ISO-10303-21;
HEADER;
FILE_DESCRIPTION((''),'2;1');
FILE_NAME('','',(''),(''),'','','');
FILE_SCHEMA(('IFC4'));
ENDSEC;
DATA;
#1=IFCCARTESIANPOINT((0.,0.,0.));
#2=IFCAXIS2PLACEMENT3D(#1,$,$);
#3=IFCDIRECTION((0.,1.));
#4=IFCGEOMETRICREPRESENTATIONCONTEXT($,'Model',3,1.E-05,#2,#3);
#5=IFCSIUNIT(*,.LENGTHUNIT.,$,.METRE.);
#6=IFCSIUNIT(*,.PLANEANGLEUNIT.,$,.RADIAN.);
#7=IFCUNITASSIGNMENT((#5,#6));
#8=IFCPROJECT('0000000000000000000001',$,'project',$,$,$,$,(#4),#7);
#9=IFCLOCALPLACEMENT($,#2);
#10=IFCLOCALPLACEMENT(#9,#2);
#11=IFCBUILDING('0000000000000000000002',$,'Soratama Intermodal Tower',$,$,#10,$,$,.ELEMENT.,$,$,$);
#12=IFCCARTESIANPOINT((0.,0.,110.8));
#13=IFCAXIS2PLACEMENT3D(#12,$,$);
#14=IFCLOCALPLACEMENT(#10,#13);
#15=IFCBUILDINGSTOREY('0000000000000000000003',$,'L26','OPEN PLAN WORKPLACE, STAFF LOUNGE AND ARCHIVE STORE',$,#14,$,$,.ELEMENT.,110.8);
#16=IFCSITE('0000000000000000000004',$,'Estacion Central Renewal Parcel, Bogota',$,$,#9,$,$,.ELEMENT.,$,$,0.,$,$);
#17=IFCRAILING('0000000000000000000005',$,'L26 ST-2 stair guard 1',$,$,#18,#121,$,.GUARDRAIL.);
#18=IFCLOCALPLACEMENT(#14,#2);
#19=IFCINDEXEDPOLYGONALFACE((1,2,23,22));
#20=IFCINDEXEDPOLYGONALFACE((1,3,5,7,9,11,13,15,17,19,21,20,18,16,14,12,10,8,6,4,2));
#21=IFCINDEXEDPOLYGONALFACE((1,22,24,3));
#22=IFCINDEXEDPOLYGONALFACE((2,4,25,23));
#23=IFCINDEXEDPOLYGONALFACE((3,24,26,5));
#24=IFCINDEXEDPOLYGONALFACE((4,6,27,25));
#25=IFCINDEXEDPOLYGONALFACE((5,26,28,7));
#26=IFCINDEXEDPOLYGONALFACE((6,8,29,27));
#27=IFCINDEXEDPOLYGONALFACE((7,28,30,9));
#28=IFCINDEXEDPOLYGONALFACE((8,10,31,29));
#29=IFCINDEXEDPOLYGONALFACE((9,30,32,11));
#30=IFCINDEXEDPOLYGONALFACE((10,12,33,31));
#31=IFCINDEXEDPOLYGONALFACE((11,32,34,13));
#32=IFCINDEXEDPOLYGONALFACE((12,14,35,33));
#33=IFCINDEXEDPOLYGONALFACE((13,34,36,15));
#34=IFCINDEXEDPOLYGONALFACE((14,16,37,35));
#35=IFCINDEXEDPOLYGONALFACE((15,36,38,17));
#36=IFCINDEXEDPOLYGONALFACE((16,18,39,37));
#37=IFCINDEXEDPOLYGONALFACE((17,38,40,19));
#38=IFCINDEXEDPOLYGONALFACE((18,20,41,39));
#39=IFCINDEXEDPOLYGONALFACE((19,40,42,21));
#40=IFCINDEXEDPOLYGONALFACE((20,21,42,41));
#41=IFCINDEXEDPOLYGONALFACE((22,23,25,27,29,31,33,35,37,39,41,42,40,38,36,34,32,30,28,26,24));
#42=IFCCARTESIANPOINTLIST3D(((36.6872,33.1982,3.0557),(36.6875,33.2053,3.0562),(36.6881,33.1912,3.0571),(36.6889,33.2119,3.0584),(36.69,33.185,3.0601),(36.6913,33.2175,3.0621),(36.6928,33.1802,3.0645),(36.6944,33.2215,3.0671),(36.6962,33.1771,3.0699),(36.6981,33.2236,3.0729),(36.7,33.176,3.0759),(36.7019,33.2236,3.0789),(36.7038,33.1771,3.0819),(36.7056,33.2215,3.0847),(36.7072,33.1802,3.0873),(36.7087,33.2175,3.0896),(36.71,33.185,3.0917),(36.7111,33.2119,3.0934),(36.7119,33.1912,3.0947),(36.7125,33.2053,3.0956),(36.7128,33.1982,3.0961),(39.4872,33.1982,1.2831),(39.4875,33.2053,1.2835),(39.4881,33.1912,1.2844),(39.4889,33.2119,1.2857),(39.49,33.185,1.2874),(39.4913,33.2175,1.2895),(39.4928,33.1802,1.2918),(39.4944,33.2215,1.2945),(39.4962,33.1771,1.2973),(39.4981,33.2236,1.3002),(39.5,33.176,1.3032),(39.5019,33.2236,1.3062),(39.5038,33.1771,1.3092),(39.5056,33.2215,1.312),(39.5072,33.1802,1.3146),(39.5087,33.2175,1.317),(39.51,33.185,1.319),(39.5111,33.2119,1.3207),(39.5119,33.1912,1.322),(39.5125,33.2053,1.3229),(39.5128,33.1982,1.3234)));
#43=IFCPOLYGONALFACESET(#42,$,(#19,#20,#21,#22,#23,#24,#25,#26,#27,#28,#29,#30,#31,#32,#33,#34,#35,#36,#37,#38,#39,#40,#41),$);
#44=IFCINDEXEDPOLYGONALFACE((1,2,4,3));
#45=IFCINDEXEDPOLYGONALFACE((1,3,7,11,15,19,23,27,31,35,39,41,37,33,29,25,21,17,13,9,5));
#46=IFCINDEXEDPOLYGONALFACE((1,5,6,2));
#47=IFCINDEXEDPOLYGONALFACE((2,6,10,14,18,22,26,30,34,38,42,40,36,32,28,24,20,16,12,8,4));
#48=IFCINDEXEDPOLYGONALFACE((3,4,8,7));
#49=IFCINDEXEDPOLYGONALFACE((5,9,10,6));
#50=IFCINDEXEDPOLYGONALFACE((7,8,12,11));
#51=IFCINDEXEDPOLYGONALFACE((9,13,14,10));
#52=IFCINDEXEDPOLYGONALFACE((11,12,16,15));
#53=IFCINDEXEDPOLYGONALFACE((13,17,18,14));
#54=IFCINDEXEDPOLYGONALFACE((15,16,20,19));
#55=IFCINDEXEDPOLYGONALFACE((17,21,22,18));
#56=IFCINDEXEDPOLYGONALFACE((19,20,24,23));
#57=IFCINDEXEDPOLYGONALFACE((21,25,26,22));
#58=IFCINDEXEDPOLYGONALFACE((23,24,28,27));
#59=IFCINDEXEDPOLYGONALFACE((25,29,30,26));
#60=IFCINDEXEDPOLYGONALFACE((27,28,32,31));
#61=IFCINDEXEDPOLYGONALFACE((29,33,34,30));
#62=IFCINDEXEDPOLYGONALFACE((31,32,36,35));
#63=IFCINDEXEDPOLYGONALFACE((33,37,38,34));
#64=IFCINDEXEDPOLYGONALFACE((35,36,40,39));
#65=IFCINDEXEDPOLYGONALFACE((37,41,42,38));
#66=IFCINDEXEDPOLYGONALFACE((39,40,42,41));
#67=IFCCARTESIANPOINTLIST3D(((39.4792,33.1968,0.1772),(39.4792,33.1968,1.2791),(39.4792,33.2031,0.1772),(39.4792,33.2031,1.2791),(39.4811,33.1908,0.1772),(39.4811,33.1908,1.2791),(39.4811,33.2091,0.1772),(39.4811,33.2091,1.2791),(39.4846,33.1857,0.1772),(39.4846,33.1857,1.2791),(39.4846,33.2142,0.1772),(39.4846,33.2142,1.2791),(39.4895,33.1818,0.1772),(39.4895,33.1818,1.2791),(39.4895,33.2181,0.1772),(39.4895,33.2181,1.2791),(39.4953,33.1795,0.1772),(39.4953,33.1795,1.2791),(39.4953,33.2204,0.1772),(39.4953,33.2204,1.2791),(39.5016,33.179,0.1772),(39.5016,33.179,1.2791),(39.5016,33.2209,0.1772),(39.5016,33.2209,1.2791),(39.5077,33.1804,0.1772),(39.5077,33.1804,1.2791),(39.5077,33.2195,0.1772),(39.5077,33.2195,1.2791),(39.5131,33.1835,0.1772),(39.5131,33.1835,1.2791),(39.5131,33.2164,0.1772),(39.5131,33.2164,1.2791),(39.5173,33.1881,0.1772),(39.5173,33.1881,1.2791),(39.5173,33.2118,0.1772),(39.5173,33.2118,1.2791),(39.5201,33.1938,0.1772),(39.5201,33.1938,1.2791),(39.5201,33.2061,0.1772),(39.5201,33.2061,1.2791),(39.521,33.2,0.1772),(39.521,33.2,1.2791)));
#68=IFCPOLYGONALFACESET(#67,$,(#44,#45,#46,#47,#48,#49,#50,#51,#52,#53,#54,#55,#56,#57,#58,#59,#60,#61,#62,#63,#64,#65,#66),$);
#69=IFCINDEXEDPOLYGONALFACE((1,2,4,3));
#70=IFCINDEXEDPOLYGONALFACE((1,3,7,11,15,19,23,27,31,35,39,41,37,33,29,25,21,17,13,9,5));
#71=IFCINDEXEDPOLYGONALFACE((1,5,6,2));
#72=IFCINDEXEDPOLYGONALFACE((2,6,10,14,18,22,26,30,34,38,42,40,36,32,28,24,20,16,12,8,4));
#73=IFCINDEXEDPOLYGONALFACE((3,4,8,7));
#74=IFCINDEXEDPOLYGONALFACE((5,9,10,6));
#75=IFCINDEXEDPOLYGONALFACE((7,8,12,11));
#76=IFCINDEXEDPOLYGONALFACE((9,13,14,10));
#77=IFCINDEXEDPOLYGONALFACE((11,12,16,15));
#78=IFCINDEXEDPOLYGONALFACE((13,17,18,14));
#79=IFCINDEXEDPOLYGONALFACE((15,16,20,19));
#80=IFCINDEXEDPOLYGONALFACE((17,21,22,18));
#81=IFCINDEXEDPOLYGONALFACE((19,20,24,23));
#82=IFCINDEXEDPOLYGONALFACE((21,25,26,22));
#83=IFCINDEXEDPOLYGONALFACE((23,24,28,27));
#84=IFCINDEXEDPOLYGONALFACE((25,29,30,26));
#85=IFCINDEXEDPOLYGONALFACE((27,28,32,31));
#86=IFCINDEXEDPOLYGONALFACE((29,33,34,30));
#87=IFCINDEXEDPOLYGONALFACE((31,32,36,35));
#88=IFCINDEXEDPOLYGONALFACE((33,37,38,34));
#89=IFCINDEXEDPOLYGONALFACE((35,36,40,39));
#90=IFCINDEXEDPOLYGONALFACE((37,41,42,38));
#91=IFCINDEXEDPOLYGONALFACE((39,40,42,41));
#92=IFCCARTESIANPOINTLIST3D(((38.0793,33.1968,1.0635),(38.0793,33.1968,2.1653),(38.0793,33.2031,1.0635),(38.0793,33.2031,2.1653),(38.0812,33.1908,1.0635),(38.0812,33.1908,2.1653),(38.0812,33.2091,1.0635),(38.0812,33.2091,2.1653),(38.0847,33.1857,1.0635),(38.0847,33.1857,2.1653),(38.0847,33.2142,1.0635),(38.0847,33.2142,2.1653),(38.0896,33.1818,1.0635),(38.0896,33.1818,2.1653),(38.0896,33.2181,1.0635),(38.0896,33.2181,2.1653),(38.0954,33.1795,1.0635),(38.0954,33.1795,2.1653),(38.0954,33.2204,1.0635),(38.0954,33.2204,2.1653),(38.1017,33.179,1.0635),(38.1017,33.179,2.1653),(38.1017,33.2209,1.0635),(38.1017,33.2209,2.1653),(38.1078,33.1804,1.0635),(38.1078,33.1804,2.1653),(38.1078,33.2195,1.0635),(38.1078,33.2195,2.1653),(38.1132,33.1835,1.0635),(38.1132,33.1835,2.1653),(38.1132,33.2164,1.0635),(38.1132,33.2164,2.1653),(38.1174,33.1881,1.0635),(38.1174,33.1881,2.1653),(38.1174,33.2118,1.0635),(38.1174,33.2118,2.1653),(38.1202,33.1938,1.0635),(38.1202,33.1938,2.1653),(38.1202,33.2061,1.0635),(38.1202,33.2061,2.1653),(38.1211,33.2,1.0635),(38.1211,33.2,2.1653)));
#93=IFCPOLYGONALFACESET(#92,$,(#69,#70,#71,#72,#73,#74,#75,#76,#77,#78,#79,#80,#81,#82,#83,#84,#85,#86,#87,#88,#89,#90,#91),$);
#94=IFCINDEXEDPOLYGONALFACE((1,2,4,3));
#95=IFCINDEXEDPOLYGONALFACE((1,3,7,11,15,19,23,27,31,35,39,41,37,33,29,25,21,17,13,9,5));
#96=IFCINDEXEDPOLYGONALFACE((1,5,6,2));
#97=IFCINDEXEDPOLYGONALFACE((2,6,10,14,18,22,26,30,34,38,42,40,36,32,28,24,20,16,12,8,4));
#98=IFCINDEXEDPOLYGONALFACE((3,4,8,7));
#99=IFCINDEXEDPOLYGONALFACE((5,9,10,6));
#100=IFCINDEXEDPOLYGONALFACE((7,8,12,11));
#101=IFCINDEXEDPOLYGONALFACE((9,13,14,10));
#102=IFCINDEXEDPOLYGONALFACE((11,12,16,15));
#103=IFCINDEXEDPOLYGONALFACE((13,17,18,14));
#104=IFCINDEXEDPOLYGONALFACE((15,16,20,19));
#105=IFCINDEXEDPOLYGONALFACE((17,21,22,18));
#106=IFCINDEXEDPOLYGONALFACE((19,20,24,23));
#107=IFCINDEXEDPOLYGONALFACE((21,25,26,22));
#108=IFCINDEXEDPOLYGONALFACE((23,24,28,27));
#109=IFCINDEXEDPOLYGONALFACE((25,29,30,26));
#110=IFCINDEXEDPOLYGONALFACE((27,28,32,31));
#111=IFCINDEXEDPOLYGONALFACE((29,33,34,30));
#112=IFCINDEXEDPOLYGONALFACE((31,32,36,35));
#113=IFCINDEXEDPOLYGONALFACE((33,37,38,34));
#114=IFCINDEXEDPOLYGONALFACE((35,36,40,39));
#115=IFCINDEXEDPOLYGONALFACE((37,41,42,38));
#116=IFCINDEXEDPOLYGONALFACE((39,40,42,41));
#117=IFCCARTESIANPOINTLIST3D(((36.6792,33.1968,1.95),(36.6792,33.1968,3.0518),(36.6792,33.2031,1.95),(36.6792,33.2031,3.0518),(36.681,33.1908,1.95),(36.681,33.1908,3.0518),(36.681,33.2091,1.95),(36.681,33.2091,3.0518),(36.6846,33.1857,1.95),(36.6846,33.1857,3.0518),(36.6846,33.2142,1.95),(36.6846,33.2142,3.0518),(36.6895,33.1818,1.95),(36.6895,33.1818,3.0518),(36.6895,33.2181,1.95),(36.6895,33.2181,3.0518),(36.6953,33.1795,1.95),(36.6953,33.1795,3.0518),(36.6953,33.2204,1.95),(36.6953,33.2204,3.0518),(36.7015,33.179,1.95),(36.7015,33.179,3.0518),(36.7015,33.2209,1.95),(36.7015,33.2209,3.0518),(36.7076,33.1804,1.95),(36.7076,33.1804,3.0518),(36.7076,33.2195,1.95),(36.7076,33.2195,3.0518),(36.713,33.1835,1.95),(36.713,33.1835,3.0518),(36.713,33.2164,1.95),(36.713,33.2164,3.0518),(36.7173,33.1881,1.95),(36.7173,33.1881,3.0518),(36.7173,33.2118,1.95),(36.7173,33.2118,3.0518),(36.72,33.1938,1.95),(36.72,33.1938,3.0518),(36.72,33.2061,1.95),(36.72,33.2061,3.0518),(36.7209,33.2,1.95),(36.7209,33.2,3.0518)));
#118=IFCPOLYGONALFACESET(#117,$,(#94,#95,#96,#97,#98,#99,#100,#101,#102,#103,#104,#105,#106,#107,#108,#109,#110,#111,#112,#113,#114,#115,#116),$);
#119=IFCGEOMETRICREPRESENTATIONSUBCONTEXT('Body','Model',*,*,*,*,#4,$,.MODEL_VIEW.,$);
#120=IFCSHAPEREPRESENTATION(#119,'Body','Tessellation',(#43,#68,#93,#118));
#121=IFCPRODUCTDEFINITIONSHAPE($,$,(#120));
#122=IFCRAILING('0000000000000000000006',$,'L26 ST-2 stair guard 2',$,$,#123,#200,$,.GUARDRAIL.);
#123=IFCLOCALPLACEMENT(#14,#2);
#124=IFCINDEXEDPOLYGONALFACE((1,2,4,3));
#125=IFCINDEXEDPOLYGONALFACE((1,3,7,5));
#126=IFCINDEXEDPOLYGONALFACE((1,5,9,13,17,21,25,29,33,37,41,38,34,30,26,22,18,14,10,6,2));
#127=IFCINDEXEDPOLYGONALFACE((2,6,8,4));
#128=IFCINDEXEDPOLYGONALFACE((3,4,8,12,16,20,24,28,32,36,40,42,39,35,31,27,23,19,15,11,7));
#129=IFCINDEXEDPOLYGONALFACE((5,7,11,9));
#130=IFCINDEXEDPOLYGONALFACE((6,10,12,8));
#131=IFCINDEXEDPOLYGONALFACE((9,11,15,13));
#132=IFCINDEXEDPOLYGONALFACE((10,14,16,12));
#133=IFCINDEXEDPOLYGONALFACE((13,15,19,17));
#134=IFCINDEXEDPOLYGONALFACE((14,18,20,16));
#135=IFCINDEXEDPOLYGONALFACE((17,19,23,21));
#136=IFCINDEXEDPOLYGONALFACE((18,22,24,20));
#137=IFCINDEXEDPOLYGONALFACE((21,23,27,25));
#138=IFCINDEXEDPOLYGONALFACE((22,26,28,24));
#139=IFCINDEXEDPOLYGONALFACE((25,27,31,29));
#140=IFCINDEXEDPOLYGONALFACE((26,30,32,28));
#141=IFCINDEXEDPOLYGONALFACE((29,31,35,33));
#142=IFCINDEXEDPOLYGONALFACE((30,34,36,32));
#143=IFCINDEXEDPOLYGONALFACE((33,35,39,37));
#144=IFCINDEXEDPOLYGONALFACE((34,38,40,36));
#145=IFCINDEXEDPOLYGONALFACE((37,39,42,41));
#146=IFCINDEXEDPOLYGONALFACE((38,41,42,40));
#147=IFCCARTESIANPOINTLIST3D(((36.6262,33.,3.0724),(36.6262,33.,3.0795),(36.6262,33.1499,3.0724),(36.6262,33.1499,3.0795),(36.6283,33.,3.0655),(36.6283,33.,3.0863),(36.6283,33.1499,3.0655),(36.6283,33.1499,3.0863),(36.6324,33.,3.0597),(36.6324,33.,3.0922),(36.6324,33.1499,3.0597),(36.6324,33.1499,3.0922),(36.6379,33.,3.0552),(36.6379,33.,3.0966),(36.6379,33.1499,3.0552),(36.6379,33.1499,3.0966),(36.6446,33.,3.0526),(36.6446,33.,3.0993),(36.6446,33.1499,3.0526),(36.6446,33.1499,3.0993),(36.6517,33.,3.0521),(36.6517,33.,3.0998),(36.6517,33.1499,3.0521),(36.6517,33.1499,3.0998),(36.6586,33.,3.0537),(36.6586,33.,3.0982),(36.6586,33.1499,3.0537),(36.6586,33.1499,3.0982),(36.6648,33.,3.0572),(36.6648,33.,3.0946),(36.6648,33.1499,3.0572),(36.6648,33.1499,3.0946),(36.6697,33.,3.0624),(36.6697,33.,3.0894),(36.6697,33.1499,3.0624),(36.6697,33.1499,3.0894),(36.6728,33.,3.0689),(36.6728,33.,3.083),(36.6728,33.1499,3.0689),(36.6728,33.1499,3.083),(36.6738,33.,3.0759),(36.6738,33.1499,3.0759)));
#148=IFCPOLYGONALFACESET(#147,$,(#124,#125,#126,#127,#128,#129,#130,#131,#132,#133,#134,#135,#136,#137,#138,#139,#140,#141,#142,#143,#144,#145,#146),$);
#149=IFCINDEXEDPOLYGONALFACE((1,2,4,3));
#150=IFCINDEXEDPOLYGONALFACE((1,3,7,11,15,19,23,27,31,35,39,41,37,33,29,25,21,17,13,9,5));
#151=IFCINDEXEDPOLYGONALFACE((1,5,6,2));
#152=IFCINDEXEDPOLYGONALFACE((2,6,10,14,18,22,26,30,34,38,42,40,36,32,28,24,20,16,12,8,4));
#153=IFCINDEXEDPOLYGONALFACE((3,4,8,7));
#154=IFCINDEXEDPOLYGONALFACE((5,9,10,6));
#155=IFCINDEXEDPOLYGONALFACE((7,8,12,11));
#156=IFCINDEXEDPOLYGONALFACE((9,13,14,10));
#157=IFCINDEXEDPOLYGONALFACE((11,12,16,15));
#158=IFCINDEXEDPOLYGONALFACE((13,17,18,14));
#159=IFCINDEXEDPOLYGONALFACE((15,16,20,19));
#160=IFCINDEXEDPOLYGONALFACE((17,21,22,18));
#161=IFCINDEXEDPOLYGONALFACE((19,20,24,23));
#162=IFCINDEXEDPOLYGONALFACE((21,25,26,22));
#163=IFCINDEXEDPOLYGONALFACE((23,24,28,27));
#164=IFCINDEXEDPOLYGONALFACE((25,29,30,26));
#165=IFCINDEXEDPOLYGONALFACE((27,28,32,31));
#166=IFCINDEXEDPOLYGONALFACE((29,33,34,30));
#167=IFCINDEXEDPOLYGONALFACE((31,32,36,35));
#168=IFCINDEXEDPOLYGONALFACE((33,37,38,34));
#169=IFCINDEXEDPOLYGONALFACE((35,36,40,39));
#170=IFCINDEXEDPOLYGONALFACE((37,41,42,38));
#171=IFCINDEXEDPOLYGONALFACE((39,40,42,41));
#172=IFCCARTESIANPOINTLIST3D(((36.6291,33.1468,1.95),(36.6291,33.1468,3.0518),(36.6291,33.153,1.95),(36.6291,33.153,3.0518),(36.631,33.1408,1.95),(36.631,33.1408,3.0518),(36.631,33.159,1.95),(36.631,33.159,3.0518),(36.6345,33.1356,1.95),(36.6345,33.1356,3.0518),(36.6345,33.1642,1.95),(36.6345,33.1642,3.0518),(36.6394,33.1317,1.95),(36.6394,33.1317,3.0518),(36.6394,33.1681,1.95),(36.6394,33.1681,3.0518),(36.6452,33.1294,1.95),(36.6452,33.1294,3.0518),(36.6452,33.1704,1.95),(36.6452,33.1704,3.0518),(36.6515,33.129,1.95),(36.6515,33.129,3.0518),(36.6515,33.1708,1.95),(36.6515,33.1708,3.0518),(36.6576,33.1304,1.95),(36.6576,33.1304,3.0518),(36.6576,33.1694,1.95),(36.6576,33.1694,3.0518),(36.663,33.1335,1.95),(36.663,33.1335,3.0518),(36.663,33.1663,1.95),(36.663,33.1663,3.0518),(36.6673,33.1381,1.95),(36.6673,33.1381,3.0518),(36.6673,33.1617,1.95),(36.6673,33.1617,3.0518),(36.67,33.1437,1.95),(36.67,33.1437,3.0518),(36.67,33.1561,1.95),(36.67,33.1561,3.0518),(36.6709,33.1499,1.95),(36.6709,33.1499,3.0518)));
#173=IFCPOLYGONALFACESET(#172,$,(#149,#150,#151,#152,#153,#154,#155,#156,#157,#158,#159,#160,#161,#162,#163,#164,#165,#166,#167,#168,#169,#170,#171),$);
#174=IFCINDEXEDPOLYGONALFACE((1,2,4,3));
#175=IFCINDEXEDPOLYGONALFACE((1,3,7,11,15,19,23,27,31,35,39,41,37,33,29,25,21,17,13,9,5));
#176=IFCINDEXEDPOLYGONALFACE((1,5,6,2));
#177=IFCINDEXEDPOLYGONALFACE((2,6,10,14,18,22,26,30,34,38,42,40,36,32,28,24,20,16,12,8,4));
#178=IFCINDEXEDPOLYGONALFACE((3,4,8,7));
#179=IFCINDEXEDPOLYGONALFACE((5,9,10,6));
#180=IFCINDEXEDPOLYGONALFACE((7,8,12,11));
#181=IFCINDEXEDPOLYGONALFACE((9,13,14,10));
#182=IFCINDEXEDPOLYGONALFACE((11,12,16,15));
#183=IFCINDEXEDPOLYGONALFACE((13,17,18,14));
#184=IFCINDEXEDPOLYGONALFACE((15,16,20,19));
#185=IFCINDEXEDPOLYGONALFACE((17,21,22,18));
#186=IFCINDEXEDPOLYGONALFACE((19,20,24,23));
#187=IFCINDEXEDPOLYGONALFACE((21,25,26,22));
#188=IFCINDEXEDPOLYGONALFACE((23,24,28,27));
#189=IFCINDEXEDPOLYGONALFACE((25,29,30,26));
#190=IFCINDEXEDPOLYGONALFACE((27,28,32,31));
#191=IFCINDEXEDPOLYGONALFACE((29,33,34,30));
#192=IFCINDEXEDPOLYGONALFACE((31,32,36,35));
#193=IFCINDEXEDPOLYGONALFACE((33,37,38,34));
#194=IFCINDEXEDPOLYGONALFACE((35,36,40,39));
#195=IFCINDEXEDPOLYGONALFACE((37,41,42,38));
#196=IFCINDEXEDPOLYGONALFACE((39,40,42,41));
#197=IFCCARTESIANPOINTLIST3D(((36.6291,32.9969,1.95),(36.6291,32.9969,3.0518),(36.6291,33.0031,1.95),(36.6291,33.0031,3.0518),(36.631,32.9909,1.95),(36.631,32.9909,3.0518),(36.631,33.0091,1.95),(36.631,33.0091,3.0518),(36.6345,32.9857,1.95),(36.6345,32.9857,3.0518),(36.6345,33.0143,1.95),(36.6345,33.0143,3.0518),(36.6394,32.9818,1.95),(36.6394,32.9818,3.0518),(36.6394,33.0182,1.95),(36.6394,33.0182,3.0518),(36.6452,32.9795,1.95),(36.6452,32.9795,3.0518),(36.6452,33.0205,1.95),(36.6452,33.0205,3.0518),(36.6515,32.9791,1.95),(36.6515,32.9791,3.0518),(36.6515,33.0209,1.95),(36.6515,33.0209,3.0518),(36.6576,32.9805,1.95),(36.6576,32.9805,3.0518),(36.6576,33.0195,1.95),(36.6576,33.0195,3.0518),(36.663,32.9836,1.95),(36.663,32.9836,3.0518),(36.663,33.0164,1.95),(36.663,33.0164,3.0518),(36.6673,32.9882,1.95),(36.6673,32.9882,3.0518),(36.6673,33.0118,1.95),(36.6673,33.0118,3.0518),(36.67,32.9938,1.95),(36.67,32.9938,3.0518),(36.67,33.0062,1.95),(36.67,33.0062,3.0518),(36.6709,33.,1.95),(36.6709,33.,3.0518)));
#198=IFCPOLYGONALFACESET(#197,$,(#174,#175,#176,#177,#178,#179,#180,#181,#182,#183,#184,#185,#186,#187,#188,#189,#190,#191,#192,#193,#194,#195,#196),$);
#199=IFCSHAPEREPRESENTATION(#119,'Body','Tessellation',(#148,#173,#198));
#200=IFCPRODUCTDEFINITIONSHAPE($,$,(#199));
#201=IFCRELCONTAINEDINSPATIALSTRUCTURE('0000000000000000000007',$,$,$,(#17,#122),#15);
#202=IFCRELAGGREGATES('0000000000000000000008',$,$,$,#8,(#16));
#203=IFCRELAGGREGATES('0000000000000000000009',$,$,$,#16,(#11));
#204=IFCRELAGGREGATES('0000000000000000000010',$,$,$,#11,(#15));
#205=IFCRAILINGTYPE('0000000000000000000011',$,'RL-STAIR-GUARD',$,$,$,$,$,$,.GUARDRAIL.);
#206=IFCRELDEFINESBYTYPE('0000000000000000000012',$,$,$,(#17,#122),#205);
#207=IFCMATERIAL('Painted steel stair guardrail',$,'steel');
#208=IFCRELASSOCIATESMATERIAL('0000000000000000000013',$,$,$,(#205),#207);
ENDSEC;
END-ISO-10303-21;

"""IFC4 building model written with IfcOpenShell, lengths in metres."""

from ifc_helpers import new_model, si_unit, direction, frame, origin, origin_2d, place, context, subcontext, project, spatial, circle, extrude, material, type_object, element, save


model = new_model("IFC4")

# Units and contexts
model_context = context("Model", 3, precision=1e-05, world=origin(), true_north=direction((0.0, 1.0)))
body_context = subcontext(model_context, "Body", "Model", "MODEL_VIEW")
ifc_project = project(units=[si_unit("LENGTHUNIT", "METRE"), si_unit("PLANEANGLEUNIT", "RADIAN")], contexts=[model_context])

# Site, building, storey
site_placement = place(None, origin())
site = spatial("IfcSite", under=ifc_project, at=site_placement, Name="Estacion Central Renewal Parcel, Bogota", CompositionType="ELEMENT", RefElevation=0.0)
building_placement = place(site_placement, origin())
building = spatial("IfcBuilding", under=site, at=building_placement, Name="Soratama Intermodal Tower", CompositionType="ELEMENT")
storey_placement = place(building_placement, frame((0.0, 0.0, 110.8)))
storey = spatial("IfcBuildingStorey", under=building, at=storey_placement, Name="L26", Description="OPEN PLAN WORKPLACE, STAFF LOUNGE AND ARCHIVE STORE", CompositionType="ELEMENT", Elevation=110.8)

# Railings
ifc_material_1 = material(Name="Painted steel stair guardrail", Category="steel")
railing_type_1 = type_object("IfcRailingType", Name="RL-STAIR-GUARD", PredefinedType="GUARDRAIL", material=ifc_material_1)
railing_1_placement = place(storey_placement, frame((39.5, 33.2, 0.1772)))
element("IfcRailing", 1, at=railing_1_placement, inside=storey, type_object=railing_type_1, Name="L26 ST-2 stair guard 1", PredefinedType="GUARDRAIL", context=body_context, shape_type="SweptSolid", body=[
    extrude(circle(Radius=0.0239, at=origin_2d()), frame((0.0, 0.0, 1.126), z_axis=(-0.844909, 0.0, 0.53491), x_axis=(0.0, -1.0, 0.0)), (0.0, 0.0, 1.0), 3.314),
    extrude(circle(Radius=0.021, at=origin_2d()), origin(), (0.0, 0.0, 1.0), 1.1018),
    extrude(circle(Radius=0.021, at=origin_2d()), frame((-1.3999, 0.0, 0.8862)), (0.0, 0.0, 1.0), 1.1018),
    extrude(circle(Radius=0.021, at=origin_2d()), frame((-2.8, 0.0, 1.7727)), (0.0, 0.0, 1.0), 1.1018),
])
railing_2_placement = place(storey_placement, frame((36.6499, 33.1499, 1.95)))
element("IfcRailing", 2, at=railing_2_placement, inside=storey, type_object=railing_type_1, Name="L26 ST-2 stair guard 2", PredefinedType="GUARDRAIL", context=body_context, shape_type="SweptSolid", body=[
    extrude(circle(Radius=0.0239, at=origin_2d()), frame((0.0, 0.0, 1.126), z_axis=(0.0, -1.0, 0.0), x_axis=(1.0, 0.0, 0.0)), (0.0, 0.0, 1.0), 0.1499),
    extrude(circle(Radius=0.021, at=origin_2d()), origin(), (0.0, 0.0, 1.0), 1.1018),
    extrude(circle(Radius=0.021, at=origin_2d()), frame((0.0, -0.1499, 0.0)), (0.0, 0.0, 1.0), 1.1018),
])

save(model, "model.ifc")
